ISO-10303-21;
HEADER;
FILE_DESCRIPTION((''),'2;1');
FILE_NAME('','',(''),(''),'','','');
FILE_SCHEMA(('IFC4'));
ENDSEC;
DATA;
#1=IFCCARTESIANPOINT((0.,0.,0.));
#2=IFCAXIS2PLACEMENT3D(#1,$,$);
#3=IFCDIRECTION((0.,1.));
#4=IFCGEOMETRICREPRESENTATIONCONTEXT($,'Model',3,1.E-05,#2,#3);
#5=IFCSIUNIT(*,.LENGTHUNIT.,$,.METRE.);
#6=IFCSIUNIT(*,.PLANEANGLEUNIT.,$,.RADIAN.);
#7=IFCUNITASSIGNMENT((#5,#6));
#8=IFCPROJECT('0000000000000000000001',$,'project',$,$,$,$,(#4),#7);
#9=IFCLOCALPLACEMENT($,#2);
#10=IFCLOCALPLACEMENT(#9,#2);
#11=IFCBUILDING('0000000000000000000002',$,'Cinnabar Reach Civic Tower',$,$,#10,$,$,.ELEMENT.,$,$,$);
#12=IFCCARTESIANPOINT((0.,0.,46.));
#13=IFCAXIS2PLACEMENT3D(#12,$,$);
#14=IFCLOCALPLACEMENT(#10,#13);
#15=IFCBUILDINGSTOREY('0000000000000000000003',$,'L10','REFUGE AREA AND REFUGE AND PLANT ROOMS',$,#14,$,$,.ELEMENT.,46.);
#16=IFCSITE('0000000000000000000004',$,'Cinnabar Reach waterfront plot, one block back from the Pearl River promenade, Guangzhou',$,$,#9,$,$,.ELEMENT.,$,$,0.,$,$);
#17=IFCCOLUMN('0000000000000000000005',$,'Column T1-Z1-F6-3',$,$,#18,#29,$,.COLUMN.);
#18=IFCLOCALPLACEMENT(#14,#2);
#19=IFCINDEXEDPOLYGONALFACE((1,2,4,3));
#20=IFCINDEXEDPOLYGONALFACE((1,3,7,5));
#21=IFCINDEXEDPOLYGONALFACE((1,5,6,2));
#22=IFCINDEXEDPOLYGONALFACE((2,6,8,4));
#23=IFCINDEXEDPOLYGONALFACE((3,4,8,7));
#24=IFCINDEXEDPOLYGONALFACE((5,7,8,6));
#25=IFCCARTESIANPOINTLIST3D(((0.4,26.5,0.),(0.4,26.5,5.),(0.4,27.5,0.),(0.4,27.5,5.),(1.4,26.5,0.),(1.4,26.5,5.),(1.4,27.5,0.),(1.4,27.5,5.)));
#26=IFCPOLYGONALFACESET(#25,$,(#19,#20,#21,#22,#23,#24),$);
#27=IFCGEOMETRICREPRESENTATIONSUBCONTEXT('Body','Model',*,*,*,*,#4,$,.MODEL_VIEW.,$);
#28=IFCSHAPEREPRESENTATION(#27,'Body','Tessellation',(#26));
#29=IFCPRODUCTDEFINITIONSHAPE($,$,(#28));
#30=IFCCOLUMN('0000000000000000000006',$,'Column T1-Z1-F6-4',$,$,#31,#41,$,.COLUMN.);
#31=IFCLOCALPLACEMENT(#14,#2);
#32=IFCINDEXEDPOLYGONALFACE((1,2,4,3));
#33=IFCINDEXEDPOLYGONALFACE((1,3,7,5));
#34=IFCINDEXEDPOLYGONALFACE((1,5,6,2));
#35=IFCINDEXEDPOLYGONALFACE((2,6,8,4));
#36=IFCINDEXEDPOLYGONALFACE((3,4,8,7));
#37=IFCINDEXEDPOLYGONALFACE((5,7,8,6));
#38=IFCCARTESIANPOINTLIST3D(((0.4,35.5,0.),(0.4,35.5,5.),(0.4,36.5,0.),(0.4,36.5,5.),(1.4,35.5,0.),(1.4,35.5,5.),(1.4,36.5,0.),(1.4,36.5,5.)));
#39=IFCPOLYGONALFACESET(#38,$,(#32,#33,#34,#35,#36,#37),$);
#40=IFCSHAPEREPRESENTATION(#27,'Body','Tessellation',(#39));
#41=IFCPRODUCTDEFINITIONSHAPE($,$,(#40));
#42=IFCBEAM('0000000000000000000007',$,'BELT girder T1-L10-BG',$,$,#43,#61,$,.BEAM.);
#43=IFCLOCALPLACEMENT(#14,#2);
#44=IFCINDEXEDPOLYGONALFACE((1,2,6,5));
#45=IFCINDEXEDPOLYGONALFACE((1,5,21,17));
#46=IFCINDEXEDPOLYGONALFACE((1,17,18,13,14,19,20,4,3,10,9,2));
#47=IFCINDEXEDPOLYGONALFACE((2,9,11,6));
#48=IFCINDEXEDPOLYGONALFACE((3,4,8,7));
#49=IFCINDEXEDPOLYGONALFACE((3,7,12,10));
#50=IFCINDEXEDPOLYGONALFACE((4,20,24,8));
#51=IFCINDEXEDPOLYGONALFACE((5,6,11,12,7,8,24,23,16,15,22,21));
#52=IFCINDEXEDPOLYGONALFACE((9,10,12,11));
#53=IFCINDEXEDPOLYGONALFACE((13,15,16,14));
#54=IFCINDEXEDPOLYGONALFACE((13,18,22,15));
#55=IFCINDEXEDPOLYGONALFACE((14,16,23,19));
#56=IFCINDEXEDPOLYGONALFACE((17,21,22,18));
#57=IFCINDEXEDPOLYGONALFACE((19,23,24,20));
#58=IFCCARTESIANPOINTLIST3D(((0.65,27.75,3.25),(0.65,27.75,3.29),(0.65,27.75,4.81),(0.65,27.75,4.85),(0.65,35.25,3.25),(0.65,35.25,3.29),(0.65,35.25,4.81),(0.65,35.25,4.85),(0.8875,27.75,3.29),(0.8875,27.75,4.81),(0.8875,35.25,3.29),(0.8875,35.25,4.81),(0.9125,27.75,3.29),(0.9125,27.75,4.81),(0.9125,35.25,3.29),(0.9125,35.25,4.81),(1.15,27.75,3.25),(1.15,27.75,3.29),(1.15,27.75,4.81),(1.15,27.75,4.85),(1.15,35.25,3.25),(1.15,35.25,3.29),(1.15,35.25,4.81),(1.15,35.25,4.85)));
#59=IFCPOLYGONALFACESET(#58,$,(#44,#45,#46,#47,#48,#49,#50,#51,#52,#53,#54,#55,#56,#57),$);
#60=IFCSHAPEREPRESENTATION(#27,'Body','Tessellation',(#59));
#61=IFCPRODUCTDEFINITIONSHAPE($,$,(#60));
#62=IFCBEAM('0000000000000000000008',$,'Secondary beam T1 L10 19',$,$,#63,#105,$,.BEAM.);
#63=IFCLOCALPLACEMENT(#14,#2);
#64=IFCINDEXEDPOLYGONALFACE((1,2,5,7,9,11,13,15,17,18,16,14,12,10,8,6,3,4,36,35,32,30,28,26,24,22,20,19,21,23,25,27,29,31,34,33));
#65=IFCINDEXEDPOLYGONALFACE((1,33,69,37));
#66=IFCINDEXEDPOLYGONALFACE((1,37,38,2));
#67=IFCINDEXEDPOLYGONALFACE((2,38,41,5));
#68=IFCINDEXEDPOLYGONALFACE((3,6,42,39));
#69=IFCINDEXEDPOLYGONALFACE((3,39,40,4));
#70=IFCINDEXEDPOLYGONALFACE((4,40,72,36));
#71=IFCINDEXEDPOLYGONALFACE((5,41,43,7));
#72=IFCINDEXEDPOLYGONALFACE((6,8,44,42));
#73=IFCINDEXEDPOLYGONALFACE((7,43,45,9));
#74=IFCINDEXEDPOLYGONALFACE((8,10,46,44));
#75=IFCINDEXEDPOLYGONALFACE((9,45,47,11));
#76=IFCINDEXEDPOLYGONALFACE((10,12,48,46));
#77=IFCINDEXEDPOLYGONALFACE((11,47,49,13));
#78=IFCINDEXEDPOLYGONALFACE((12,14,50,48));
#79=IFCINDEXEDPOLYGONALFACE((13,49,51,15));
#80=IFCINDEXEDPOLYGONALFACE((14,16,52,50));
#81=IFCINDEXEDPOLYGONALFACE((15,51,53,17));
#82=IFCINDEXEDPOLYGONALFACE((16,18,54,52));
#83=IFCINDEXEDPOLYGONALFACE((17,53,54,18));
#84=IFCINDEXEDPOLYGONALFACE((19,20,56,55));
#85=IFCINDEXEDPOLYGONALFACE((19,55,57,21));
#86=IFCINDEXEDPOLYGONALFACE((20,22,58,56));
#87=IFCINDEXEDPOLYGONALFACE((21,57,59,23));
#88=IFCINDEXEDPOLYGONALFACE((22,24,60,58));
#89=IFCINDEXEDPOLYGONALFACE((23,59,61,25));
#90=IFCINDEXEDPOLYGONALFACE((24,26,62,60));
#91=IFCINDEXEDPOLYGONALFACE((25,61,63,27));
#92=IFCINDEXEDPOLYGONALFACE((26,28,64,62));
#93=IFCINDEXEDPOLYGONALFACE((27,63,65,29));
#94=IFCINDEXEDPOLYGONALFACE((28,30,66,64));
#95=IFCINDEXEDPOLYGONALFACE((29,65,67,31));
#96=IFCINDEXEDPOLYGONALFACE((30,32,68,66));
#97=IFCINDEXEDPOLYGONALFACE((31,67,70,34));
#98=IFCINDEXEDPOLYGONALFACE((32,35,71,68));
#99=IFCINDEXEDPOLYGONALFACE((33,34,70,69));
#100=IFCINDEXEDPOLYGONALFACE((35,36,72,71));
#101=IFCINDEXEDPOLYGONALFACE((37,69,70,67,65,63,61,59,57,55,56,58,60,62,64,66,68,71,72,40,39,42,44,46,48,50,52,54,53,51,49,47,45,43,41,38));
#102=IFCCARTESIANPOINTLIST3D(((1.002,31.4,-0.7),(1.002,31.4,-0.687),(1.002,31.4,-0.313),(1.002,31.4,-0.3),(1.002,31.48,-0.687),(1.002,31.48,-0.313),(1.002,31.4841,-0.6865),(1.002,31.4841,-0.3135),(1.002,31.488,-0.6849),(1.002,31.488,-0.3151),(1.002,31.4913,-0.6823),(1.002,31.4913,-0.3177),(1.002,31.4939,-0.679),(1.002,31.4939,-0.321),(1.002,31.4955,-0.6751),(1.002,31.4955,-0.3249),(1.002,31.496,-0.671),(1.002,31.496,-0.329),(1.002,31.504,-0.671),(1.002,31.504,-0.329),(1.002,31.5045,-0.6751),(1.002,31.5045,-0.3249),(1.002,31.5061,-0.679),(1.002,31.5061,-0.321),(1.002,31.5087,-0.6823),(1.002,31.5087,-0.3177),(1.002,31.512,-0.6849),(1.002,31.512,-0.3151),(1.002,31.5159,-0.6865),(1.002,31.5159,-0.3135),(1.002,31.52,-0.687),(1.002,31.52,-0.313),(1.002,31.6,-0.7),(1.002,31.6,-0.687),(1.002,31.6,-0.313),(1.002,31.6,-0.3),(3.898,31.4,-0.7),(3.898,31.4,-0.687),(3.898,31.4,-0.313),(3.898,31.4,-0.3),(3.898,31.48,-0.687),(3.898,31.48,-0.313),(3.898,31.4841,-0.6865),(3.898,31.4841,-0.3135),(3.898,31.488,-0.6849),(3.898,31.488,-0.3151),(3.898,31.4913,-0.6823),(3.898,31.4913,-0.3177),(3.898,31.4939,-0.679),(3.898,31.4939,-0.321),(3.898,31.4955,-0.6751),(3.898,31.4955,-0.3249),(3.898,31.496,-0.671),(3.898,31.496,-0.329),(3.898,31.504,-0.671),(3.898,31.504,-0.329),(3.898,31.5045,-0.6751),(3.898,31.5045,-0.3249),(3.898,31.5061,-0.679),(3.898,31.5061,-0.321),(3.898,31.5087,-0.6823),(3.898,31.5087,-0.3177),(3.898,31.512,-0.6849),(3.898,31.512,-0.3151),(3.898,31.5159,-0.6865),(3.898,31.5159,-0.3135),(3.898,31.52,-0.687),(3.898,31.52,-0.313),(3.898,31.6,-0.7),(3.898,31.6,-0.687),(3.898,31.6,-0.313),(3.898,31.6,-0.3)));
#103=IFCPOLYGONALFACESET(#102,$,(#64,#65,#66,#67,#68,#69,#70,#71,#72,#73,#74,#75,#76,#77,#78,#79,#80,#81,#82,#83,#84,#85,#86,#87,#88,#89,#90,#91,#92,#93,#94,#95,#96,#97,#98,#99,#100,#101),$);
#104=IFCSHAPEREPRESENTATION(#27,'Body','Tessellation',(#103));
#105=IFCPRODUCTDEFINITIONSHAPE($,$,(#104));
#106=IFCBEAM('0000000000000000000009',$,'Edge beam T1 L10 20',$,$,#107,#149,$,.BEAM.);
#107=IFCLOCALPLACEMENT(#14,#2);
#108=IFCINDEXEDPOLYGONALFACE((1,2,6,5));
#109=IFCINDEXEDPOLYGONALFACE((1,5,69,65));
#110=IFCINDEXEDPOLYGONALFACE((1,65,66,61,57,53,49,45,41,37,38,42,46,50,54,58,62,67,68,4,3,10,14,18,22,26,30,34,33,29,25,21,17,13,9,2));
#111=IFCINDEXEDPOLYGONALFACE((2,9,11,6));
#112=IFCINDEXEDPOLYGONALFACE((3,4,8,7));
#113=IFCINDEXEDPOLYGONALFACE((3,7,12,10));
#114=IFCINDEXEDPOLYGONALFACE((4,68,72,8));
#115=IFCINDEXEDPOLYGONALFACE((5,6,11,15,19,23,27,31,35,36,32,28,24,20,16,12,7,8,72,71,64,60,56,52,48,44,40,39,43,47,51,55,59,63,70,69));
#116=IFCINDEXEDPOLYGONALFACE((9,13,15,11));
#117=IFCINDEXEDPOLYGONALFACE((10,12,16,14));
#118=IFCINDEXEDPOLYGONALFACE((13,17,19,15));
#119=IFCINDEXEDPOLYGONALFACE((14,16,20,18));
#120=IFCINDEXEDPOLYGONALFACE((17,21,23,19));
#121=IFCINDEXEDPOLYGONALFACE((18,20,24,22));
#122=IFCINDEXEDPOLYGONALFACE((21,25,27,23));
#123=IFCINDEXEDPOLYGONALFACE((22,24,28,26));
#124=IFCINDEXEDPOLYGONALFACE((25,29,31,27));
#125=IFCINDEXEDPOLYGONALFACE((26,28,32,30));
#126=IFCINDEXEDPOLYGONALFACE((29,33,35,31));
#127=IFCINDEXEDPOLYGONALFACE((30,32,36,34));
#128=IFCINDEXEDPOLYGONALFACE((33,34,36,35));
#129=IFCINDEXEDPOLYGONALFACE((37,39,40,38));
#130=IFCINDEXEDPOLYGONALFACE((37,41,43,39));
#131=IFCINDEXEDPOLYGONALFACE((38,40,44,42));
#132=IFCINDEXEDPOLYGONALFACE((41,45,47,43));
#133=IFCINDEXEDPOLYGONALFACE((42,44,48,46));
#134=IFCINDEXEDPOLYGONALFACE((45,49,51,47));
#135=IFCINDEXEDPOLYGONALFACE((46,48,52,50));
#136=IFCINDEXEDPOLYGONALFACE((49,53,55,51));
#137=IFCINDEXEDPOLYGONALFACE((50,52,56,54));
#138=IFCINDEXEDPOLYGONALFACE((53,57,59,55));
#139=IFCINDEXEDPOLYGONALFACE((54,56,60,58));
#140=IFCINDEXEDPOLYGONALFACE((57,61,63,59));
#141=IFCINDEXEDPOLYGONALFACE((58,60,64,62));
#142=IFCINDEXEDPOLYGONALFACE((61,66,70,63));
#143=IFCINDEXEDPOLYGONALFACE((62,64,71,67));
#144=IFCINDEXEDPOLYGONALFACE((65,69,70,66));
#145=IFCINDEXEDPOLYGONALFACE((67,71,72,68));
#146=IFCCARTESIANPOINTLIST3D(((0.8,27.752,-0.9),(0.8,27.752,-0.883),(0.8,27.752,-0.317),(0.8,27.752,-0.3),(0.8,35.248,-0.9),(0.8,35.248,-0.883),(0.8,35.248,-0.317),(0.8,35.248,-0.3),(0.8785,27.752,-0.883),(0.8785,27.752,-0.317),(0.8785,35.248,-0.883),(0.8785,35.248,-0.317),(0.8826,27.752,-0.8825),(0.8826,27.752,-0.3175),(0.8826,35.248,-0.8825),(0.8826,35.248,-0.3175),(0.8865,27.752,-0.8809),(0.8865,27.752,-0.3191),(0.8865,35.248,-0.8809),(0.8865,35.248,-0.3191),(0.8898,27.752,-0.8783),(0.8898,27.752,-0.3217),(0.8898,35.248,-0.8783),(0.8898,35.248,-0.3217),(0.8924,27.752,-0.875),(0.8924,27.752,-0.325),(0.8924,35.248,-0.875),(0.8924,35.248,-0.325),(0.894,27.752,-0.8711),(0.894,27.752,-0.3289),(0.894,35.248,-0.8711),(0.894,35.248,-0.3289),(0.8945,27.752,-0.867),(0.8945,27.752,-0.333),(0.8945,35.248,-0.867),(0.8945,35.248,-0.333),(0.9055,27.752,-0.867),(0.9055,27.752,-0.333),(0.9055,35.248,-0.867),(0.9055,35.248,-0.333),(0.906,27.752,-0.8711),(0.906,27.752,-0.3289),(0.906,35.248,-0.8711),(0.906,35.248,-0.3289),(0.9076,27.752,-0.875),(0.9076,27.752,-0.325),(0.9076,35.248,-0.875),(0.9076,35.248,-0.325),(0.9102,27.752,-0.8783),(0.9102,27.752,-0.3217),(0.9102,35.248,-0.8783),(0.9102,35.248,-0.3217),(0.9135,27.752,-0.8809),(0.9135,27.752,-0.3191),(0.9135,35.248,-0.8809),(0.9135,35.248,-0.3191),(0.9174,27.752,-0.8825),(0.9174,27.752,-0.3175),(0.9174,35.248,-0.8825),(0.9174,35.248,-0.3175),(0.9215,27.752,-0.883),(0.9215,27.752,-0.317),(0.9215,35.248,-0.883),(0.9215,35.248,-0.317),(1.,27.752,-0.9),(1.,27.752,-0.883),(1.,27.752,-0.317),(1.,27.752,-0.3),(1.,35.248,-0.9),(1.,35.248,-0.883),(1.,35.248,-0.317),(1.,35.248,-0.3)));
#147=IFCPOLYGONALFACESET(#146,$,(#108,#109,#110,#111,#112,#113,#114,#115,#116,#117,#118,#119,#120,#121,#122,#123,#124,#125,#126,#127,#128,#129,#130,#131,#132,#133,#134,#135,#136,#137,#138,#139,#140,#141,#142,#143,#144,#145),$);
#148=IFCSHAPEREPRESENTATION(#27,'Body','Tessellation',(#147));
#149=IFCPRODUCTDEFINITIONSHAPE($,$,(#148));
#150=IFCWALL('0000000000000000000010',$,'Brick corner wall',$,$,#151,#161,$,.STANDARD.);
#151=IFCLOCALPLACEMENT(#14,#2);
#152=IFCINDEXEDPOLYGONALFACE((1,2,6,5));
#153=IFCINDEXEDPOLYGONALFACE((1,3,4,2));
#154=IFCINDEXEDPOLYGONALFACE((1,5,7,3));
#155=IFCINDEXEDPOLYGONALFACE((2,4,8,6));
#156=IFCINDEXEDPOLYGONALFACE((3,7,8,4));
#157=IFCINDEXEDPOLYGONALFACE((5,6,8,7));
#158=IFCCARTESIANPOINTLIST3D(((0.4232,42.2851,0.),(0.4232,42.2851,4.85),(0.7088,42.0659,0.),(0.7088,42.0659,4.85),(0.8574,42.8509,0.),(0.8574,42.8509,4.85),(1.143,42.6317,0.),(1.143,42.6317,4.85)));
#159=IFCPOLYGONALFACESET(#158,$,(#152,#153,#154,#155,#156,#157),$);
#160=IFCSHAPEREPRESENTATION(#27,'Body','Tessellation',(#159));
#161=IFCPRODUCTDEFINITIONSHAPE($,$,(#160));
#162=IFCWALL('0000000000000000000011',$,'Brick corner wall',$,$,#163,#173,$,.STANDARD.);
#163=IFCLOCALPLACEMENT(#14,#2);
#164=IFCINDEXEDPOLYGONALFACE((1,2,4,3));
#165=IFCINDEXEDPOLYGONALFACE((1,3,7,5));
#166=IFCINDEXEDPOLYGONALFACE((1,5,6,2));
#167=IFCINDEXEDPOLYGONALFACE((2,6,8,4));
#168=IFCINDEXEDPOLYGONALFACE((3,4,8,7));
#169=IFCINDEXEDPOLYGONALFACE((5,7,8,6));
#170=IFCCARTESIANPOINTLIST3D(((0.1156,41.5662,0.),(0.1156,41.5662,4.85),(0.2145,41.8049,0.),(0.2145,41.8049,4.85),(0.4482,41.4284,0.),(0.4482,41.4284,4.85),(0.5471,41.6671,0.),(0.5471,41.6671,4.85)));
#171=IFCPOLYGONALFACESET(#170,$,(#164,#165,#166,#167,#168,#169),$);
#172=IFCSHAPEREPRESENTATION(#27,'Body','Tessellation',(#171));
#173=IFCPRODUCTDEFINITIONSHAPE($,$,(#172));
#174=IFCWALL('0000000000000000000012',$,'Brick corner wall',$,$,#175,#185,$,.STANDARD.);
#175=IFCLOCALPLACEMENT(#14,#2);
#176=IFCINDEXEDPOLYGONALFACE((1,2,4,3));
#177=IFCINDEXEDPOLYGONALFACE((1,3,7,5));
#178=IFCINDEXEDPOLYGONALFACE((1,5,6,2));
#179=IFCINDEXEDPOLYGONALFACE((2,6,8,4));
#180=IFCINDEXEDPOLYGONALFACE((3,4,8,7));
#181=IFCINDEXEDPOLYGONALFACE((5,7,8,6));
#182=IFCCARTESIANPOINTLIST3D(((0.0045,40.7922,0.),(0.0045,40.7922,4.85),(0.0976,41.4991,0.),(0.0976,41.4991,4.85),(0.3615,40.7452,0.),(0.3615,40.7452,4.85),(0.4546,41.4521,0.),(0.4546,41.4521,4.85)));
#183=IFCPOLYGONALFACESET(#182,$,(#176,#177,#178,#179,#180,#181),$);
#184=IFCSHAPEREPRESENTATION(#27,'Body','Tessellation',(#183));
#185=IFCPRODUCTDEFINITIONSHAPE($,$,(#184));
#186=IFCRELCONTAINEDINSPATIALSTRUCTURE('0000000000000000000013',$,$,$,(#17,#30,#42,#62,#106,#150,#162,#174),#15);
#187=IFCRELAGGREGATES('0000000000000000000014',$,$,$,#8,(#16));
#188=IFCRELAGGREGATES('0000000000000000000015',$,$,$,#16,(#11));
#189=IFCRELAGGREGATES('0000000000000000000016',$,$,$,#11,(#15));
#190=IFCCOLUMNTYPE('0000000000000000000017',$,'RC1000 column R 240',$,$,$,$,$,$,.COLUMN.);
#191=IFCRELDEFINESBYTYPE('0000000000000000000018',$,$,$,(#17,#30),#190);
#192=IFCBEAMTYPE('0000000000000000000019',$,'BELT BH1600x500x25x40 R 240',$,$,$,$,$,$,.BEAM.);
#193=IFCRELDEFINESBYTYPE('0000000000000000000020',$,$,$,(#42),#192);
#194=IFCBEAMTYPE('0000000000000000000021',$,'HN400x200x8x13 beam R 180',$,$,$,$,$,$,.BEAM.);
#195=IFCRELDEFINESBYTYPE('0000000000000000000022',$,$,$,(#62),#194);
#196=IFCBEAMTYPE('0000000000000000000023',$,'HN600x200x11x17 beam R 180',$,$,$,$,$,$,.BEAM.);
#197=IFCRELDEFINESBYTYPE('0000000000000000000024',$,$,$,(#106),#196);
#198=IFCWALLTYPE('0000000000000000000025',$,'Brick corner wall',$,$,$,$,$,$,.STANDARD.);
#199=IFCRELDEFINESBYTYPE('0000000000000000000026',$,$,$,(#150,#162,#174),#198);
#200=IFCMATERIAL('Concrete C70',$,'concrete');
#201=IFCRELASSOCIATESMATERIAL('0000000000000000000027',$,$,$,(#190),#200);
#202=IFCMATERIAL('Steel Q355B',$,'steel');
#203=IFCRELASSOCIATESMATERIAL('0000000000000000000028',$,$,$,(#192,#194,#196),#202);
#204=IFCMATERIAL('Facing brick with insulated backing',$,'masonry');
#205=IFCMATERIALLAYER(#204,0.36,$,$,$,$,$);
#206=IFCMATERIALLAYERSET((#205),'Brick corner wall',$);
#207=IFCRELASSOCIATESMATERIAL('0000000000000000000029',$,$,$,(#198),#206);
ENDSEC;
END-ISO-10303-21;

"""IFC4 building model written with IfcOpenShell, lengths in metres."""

from ifc_helpers import new_model, si_unit, direction, frame, frame_2d, origin, origin_2d, place, context, subcontext, project, spatial, rectangle, i_section, extrude, material, layer, layer_set, material_profile, profile_set, type_object, element, save


model = new_model("IFC4")

# Units and contexts
model_context = context("Model", 3, precision=1e-05, world=origin(), true_north=direction((0.0, 1.0)))
body_context = subcontext(model_context, "Body", "Model", "MODEL_VIEW")
ifc_project = project(units=[si_unit("LENGTHUNIT", "METRE"), si_unit("PLANEANGLEUNIT", "RADIAN")], contexts=[model_context])

# Site, building, storey
site_placement = place(None, origin())
site = spatial("IfcSite", under=ifc_project, at=site_placement, Name="Cinnabar Reach waterfront plot, one block back from the Pearl River promenade, Guangzhou", CompositionType="ELEMENT", RefElevation=0.0)
building_placement = place(site_placement, origin())
building = spatial("IfcBuilding", under=site, at=building_placement, Name="Cinnabar Reach Civic Tower", CompositionType="ELEMENT")
storey_placement = place(building_placement, frame((0.0, 0.0, 46.0)))
storey = spatial("IfcBuildingStorey", under=building, at=storey_placement, Name="L10", Description="REFUGE AREA AND REFUGE AND PLANT ROOMS", CompositionType="ELEMENT", Elevation=46.0)

# Columns
ifc_material_1 = material(Name="Concrete C70", Category="concrete")
ifc_material_profile_1 = material_profile(ifc_material_1, rectangle(XDim=1.0, YDim=1.0, at=origin_2d()), Name="RC1000")
ifc_profile_set_1 = profile_set([ifc_material_profile_1], Name="Concrete C70")
column_type = type_object("IfcColumnType", Name="RC1000 column R 240", PredefinedType="COLUMN", material=ifc_profile_set_1)
for number, where, z_axis, x_axis, name in (
    (1, (0.9, 27.0, 0.0), (0.0, 0.0, 1.0), (1.0, 0.0, 0.0), "Column T1-Z1-F6-3"),
    (2, (0.9, 36.0, 0.0), (0.0, 0.0, 1.0), (1.0, 0.0, 0.0), "Column T1-Z1-F6-4"),
):
    element("IfcColumn", number, at=place(storey_placement, frame(where, z_axis=z_axis, x_axis=x_axis)), inside=storey, type_object=column_type, Name=name, PredefinedType="COLUMN", context=body_context, shape_type="SweptSolid", body=[
        extrude(rectangle(XDim=1.0, YDim=1.0, at=origin_2d()), origin(), (0.0, 0.0, 1.0), 5.0),
    ])

# Beams
ifc_material_2 = material(Name="Steel Q355B", Category="steel")
ifc_material_profile_2 = material_profile(ifc_material_2, i_section(OverallWidth=0.5, OverallDepth=1.6, WebThickness=0.025, FlangeThickness=0.04, at=origin_2d()), Name="BH1600x500x25x40")
ifc_profile_set_2 = profile_set([ifc_material_profile_2], Name="Steel Q355B")
beam_type_1 = type_object("IfcBeamType", Name="BELT BH1600x500x25x40 R 240", PredefinedType="BEAM", material=ifc_profile_set_2)
beam_1_placement = place(storey_placement, frame((0.9, 27.75, 4.05), z_axis=(0.0, 1.0, 0.0), x_axis=(-1.0, 0.0, 0.0)))
element("IfcBeam", 3, at=beam_1_placement, inside=storey, type_object=beam_type_1, Name="BELT girder T1-L10-BG", PredefinedType="BEAM", context=body_context, shape_type="SweptSolid", body=[
    extrude(i_section(OverallWidth=0.5, OverallDepth=1.6, WebThickness=0.025, FlangeThickness=0.04, at=origin_2d()), origin(), (0.0, 0.0, 1.0), 7.5),
])
ifc_material_profile_3 = material_profile(ifc_material_2, i_section(OverallWidth=0.2, OverallDepth=0.4, WebThickness=0.008, FlangeThickness=0.013, FilletRadius=0.016, at=origin_2d()), Name="HN400x200x8x13")
ifc_profile_set_3 = profile_set([ifc_material_profile_3], Name="Steel Q355B")
beam_type_2 = type_object("IfcBeamType", Name="HN400x200x8x13 beam R 180", PredefinedType="BEAM", material=ifc_profile_set_3)
beam_2_placement = place(storey_placement, frame((1.002, 31.5, -0.5), z_axis=(1.0, 0.0, 0.0), x_axis=(0.0, 1.0, 0.0)))
element("IfcBeam", 4, at=beam_2_placement, inside=storey, type_object=beam_type_2, Name="Secondary beam T1 L10 19", PredefinedType="BEAM", context=body_context, shape_type="SweptSolid", body=[
    extrude(i_section(OverallWidth=0.2, OverallDepth=0.4, WebThickness=0.008, FlangeThickness=0.013, FilletRadius=0.016, at=origin_2d()), origin(), (0.0, 0.0, 1.0), 2.896),
])
ifc_material_profile_4 = material_profile(ifc_material_2, i_section(OverallWidth=0.2, OverallDepth=0.6, WebThickness=0.011, FlangeThickness=0.017, FilletRadius=0.016, at=origin_2d()), Name="HN600x200x11x17")
ifc_profile_set_4 = profile_set([ifc_material_profile_4], Name="Steel Q355B")
beam_type_3 = type_object("IfcBeamType", Name="HN600x200x11x17 beam R 180", PredefinedType="BEAM", material=ifc_profile_set_4)
beam_3_placement = place(storey_placement, frame((0.9, 35.248, -0.6), z_axis=(0.0, -1.0, 0.0), x_axis=(1.0, 0.0, 0.0)))
element("IfcBeam", 5, at=beam_3_placement, inside=storey, type_object=beam_type_3, Name="Edge beam T1 L10 20", PredefinedType="BEAM", context=body_context, shape_type="SweptSolid", body=[
    extrude(i_section(OverallWidth=0.2, OverallDepth=0.6, WebThickness=0.011, FlangeThickness=0.017, FilletRadius=0.016, at=origin_2d()), origin(), (0.0, 0.0, 1.0), 7.496),
])

# Walls
ifc_material_3 = material(Name="Facing brick with insulated backing", Category="masonry")
ifc_layer_1 = layer(ifc_material_3, 0.36)
ifc_layer_set_1 = layer_set([ifc_layer_1], Name="Brick corner wall")
wall_type_1 = type_object("IfcWallType", Name="Brick corner wall", PredefinedType="STANDARD", material=ifc_layer_set_1)
wall_1_placement = place(storey_placement, frame((1.0002, 42.7413, 0.0), z_axis=(0.0, 0.0, 1.0), x_axis=(-0.608802, -0.793322, 0.0)))
element("IfcWall", 6, at=wall_1_placement, inside=storey, type_object=wall_type_1, Name="Brick corner wall", PredefinedType="STANDARD", context=body_context, shape_type="SweptSolid", body=[
    extrude(rectangle(XDim=0.7132, YDim=0.36, at=frame_2d((0.3566, 0.0))), origin(), (0.0, 0.0, 1.0), 4.85),
])
wall_2_placement = place(storey_placement, frame((0.3808, 41.736, 0.0), z_axis=(0.0, 0.0, 1.0), x_axis=(-0.382773, -0.923842, 0.0)))
element("IfcWall", 7, at=wall_2_placement, inside=storey, type_object=wall_type_1, Name="Brick corner wall", PredefinedType="STANDARD", context=body_context, shape_type="SweptSolid", body=[
    extrude(rectangle(XDim=0.2584, YDim=0.36, at=frame_2d((0.1292, 0.0))), origin(), (0.0, 0.0, 1.0), 4.85),
])
wall_3_placement = place(storey_placement, frame((0.2761, 41.4756, 0.0), z_axis=(0.0, 0.0, 1.0), x_axis=(-0.130556, -0.991441, 0.0)))
element("IfcWall", 8, at=wall_3_placement, inside=storey, type_object=wall_type_1, Name="Brick corner wall", PredefinedType="STANDARD", context=body_context, shape_type="SweptSolid", body=[
    extrude(rectangle(XDim=0.7131, YDim=0.36, at=frame_2d((0.3565, 0.0))), origin(), (0.0, 0.0, 1.0), 4.85),
])

save(model, "model.ifc")
